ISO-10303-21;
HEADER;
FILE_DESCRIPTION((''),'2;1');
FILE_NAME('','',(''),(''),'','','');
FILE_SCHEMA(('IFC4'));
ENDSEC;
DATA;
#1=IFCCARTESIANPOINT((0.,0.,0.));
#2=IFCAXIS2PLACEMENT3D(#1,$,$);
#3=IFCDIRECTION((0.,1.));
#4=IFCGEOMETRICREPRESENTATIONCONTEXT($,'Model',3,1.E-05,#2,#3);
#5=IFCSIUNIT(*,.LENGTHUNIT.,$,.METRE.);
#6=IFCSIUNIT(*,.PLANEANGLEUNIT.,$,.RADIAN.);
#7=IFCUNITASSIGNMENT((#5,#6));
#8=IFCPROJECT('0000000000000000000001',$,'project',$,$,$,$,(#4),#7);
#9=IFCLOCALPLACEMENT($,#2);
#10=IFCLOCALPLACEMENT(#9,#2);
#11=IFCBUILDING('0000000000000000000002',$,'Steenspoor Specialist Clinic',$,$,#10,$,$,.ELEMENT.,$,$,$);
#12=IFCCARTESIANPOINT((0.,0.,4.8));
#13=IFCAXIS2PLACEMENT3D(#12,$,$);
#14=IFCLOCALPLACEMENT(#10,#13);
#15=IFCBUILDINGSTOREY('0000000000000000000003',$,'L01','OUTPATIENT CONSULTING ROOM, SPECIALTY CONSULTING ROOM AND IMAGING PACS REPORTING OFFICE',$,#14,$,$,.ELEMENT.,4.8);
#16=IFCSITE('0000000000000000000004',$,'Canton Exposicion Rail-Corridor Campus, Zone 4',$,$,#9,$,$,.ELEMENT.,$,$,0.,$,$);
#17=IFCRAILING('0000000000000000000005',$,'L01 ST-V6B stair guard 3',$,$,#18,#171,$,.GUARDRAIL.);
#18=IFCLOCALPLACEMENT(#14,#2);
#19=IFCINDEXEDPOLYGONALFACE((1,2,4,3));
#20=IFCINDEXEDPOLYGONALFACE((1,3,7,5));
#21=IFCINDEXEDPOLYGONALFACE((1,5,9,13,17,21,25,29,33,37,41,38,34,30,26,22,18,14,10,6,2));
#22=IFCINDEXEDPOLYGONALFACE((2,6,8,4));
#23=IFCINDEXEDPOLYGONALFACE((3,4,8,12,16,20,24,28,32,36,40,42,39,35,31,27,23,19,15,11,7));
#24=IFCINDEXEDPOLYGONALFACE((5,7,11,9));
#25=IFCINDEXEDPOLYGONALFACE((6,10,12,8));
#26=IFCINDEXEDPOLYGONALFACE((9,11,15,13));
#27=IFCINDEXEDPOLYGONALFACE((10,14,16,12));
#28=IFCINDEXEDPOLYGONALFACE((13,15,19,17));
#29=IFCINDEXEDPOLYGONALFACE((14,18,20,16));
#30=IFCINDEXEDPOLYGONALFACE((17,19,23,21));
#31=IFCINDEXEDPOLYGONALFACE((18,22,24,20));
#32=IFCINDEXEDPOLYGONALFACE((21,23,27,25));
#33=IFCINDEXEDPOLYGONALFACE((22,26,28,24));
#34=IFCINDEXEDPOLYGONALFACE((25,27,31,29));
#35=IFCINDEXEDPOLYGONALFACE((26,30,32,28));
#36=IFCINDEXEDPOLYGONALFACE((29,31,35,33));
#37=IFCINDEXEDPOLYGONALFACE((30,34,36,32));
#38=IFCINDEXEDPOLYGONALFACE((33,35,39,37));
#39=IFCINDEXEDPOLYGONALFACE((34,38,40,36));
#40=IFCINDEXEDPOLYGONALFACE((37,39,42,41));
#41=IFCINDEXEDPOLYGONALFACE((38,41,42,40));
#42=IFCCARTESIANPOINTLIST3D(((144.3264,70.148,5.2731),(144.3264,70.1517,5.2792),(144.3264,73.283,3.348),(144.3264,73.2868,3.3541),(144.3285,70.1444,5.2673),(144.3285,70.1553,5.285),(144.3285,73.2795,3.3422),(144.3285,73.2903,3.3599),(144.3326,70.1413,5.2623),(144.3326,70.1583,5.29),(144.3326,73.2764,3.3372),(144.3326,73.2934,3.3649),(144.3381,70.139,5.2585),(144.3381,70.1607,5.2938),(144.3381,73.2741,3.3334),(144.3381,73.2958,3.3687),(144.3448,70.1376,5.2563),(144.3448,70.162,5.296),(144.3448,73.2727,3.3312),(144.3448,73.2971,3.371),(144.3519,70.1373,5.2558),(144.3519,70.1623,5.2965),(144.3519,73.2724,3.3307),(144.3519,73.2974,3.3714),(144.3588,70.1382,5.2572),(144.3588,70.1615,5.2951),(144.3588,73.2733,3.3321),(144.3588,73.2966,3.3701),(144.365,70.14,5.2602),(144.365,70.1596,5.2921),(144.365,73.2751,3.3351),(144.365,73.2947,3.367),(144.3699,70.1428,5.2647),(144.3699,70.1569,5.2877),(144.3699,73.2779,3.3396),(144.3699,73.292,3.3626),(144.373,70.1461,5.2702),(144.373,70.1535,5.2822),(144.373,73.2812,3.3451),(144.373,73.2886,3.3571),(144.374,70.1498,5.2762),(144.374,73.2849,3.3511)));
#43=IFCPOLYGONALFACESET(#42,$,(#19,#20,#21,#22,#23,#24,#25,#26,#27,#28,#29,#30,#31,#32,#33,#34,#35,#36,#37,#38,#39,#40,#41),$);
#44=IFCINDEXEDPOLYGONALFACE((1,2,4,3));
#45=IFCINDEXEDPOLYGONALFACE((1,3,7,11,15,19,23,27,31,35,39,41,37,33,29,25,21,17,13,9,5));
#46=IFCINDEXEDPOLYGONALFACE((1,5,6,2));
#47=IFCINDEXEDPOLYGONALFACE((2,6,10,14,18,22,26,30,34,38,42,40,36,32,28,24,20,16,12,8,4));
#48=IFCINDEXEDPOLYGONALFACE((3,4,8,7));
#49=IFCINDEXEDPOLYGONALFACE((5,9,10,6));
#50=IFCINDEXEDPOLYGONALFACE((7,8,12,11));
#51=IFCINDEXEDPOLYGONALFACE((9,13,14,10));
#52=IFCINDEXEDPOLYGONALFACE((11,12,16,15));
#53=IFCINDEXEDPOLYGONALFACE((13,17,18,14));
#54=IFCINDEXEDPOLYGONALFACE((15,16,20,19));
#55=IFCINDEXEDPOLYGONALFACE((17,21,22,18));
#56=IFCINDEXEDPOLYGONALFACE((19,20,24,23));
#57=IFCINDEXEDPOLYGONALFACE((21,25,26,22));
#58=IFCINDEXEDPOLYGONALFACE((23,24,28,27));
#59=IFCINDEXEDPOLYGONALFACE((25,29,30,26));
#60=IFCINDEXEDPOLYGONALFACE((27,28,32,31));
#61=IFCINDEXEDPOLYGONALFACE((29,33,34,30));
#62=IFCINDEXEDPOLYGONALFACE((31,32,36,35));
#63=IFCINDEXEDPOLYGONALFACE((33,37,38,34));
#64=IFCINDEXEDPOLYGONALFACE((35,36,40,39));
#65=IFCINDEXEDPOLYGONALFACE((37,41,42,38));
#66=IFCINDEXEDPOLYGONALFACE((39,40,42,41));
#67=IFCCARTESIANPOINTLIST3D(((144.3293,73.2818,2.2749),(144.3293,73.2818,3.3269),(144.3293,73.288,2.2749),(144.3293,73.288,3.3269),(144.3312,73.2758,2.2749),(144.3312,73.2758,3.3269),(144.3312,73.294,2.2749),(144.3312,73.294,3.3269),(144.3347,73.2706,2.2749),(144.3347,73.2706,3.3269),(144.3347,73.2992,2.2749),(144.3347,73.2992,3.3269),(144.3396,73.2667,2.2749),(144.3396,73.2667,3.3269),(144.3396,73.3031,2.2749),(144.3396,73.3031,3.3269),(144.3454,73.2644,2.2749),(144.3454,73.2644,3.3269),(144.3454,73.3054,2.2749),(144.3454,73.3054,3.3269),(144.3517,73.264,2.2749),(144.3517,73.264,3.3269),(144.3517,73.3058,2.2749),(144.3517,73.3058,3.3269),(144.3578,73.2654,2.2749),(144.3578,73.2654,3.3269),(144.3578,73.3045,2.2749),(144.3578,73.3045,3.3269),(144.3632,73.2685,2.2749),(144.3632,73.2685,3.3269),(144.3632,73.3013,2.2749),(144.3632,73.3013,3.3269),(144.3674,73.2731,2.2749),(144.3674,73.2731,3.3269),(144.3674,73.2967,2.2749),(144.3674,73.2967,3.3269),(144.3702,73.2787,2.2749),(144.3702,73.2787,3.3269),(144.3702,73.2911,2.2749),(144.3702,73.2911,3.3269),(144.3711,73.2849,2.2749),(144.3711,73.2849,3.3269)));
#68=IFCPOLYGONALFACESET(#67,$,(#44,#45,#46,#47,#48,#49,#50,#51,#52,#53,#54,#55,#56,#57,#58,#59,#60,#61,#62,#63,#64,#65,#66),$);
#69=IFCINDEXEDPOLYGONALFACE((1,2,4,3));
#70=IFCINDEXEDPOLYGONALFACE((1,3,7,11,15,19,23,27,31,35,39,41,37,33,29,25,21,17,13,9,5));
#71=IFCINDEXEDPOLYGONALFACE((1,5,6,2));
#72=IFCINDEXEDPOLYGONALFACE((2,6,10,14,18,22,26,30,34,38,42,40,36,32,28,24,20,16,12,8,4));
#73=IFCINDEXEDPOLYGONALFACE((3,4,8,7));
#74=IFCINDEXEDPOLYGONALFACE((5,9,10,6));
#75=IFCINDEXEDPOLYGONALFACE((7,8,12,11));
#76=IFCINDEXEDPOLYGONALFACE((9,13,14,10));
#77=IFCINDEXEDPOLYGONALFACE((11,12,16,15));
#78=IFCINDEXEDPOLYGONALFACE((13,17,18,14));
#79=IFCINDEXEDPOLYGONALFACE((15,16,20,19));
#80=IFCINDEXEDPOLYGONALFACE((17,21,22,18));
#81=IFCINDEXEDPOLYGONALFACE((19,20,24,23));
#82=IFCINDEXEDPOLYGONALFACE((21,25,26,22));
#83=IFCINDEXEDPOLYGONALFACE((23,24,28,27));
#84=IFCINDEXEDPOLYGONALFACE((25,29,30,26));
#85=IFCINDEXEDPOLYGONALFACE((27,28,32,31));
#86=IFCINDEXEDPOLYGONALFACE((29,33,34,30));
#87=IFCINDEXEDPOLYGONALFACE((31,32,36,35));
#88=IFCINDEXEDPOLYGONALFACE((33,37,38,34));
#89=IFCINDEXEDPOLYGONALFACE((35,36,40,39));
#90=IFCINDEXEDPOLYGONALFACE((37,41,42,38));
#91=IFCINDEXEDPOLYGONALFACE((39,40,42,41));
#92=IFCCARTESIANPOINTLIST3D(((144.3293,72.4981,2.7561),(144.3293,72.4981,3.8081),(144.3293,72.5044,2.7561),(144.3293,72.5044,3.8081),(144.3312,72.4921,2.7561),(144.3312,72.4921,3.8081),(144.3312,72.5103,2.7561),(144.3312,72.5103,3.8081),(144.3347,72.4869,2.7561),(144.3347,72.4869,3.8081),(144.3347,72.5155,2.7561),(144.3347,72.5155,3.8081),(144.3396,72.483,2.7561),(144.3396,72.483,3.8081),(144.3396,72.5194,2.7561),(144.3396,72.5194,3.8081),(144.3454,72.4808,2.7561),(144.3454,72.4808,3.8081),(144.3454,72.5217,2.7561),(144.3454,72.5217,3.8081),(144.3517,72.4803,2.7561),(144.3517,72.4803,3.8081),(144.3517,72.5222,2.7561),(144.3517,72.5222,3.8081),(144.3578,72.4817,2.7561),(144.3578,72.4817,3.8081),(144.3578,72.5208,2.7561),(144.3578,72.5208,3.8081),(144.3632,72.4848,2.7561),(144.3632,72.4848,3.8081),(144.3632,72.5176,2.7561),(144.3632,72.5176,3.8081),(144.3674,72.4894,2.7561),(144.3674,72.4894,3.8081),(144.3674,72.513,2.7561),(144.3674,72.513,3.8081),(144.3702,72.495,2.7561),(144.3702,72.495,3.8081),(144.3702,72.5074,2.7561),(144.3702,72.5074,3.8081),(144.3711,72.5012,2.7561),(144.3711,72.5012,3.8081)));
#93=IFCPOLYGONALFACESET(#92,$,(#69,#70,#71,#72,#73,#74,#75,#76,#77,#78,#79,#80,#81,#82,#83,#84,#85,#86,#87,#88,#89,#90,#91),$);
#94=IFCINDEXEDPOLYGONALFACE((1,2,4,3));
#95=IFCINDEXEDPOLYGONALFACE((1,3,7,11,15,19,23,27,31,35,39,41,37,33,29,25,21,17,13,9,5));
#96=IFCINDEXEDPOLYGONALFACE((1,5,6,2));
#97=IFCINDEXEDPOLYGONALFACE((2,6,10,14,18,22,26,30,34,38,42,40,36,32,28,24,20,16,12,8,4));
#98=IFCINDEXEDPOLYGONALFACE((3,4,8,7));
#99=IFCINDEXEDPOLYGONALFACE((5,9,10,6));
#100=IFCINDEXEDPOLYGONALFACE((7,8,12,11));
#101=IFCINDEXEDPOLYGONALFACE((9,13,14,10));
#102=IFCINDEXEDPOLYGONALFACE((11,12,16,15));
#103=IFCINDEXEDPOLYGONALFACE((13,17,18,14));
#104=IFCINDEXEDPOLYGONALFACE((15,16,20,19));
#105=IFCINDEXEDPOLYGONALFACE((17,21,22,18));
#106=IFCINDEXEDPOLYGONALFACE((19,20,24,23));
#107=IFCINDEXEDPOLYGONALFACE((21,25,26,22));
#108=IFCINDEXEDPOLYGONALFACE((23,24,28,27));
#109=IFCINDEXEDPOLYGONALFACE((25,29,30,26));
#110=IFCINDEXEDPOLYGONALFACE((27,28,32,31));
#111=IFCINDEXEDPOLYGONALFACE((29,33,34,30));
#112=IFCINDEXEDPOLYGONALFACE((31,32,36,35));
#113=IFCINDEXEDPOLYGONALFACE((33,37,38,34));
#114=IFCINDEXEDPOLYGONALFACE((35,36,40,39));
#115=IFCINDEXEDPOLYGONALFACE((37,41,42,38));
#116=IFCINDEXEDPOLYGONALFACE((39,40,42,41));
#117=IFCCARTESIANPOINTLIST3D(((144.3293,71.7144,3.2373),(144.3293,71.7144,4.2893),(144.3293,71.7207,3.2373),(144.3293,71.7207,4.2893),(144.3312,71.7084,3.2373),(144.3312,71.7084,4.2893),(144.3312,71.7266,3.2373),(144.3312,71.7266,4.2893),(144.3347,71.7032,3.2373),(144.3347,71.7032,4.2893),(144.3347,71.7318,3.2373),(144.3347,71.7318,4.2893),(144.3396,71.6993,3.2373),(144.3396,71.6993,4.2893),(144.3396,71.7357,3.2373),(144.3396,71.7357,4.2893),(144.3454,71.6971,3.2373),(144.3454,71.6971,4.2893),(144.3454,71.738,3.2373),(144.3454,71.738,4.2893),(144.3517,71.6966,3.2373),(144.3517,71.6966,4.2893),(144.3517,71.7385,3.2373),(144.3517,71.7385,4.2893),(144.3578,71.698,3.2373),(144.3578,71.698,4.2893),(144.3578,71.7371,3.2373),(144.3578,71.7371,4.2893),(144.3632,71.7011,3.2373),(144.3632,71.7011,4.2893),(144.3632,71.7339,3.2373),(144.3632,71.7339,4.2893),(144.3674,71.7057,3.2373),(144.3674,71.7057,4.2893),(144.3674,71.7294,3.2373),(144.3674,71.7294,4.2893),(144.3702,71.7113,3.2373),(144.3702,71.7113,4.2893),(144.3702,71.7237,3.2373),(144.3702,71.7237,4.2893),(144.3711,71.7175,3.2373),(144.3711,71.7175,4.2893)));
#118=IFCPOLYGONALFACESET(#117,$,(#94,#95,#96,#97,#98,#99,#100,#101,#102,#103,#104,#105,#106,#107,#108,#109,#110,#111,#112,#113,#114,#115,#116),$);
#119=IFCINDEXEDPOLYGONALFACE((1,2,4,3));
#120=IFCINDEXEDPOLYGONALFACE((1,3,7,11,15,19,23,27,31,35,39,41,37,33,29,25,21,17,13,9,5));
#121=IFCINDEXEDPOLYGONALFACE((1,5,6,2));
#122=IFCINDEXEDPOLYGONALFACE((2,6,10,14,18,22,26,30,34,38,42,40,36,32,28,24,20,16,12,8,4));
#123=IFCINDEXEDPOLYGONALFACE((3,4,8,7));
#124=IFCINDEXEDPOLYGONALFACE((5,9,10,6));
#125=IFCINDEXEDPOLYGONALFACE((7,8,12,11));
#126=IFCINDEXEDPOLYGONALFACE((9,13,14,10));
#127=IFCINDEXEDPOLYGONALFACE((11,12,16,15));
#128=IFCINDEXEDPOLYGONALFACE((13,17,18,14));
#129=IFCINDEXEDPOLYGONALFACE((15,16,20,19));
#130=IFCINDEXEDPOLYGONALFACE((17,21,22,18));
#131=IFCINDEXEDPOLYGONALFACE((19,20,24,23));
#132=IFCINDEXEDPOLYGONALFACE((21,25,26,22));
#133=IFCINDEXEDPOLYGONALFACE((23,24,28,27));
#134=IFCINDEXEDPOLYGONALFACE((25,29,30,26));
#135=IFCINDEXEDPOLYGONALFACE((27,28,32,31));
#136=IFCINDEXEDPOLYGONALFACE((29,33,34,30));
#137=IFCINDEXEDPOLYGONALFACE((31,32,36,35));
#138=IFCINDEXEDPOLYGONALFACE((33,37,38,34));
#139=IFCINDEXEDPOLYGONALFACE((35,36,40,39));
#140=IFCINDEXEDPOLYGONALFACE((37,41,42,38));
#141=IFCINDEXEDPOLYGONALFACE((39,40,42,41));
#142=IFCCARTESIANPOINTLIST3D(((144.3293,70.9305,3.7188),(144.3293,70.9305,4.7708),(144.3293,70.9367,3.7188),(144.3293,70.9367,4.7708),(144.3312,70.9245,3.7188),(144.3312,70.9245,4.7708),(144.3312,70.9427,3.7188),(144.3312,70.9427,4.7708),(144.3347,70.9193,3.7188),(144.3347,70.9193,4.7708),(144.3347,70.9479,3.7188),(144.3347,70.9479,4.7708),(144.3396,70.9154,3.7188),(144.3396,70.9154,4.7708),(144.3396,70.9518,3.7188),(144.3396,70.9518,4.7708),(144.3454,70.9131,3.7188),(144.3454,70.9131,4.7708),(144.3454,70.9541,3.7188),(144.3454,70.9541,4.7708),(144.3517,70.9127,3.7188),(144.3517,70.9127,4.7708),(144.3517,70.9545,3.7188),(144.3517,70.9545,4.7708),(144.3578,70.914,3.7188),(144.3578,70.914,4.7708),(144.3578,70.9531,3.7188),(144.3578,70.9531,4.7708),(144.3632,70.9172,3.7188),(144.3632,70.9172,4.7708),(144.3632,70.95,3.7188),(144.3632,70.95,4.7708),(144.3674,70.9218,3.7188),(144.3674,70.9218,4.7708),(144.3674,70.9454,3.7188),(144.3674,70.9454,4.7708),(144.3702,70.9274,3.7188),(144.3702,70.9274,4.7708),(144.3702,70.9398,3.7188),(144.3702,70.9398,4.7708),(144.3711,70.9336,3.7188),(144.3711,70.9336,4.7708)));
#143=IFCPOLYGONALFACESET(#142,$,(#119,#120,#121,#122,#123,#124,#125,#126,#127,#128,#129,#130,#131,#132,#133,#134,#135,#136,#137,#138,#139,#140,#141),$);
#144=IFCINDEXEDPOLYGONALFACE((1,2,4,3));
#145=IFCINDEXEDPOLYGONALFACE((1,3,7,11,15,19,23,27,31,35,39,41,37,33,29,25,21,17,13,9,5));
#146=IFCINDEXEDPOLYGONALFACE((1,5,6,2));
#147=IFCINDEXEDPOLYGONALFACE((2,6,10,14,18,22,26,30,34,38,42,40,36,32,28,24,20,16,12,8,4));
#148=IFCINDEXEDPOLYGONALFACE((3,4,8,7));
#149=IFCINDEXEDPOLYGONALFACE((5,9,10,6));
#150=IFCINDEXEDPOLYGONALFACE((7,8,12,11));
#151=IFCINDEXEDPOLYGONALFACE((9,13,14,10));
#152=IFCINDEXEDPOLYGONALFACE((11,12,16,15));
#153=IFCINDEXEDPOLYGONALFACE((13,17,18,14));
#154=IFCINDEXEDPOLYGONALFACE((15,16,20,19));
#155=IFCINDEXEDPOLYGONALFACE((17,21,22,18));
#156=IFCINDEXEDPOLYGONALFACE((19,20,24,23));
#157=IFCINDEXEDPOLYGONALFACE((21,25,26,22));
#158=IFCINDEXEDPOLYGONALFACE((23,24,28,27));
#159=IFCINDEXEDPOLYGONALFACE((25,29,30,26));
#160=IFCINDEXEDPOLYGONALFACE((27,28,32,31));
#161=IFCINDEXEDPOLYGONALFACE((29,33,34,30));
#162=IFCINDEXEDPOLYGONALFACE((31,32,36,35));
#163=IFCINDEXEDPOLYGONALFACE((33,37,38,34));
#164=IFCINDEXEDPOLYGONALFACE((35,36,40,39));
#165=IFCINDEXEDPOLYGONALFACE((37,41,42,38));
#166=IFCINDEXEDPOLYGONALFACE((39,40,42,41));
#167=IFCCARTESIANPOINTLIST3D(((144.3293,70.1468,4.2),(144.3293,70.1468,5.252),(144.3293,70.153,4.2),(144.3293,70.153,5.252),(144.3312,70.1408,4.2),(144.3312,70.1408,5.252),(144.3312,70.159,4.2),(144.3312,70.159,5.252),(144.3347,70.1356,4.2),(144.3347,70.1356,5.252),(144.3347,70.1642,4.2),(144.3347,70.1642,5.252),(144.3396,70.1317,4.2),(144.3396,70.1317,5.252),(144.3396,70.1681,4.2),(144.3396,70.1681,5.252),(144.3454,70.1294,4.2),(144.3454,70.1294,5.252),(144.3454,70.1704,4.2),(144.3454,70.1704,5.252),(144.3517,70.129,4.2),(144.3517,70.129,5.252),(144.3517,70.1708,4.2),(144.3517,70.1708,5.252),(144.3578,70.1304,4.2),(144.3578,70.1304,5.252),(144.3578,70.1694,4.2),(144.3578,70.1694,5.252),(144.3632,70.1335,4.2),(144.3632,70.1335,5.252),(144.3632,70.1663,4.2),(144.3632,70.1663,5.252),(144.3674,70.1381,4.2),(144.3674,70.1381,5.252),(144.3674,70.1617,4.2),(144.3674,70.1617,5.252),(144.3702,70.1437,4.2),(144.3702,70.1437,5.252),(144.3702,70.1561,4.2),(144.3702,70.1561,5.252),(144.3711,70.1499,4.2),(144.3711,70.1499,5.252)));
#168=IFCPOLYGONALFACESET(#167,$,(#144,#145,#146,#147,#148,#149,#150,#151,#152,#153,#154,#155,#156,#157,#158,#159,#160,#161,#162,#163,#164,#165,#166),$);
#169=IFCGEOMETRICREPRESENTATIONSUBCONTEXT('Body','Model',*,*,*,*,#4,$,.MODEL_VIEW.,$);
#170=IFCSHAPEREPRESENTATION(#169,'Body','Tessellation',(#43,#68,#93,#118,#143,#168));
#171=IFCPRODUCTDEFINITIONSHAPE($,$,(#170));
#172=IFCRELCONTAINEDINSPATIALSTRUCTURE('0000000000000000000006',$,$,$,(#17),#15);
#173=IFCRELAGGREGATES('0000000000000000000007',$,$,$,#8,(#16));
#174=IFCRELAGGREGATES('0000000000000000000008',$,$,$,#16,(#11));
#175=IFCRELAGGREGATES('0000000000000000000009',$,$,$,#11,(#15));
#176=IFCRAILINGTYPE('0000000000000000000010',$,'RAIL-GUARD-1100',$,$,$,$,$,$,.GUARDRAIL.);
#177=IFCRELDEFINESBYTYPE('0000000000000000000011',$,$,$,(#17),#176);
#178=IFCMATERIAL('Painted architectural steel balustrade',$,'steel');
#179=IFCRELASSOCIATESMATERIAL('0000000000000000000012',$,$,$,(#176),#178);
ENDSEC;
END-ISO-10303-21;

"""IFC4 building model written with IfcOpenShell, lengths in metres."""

from ifc_helpers import new_model, si_unit, direction, frame, origin, origin_2d, place, context, subcontext, project, spatial, circle, extrude, material, type_object, element, save


model = new_model("IFC4")

# Units and contexts
model_context = context("Model", 3, precision=1e-05, world=origin(), true_north=direction((0.0, 1.0)))
body_context = subcontext(model_context, "Body", "Model", "MODEL_VIEW")
ifc_project = project(units=[si_unit("LENGTHUNIT", "METRE"), si_unit("PLANEANGLEUNIT", "RADIAN")], contexts=[model_context])

# Site, building, storey
site_placement = place(None, origin())
site = spatial("IfcSite", under=ifc_project, at=site_placement, Name="Canton Exposicion Rail-Corridor Campus, Zone 4", CompositionType="ELEMENT", RefElevation=0.0)
building_placement = place(site_placement, origin())
building = spatial("IfcBuilding", under=site, at=building_placement, Name="Steenspoor Specialist Clinic", CompositionType="ELEMENT")
storey_placement = place(building_placement, frame((0.0, 0.0, 4.8)))
storey = spatial("IfcBuildingStorey", under=building, at=storey_placement, Name="L01", Description="OUTPATIENT CONSULTING ROOM, SPECIALTY CONSULTING ROOM AND IMAGING PACS REPORTING OFFICE", CompositionType="ELEMENT", Elevation=4.8)

# Railing
ifc_material_1 = material(Name="Painted architectural steel balustrade", Category="steel")
railing_type_1 = type_object("IfcRailingType", Name="RAIL-GUARD-1100", PredefinedType="GUARDRAIL", material=ifc_material_1)
railing_1_placement = place(storey_placement, frame((144.3501, 73.2849, 2.2749)))
element("IfcRailing", 1, at=railing_1_placement, inside=storey, type_object=railing_type_1, Name="L01 ST-V6B stair guard 3", PredefinedType="GUARDRAIL", context=body_context, shape_type="SweptSolid", body=[
    extrude(circle(Radius=0.0239, at=origin_2d()), frame((0.0, 0.0, 1.0762), z_axis=(0.0, -0.852166, 0.523271), x_axis=(1.0, 0.0, 0.0)), (0.0, 0.0, 1.0), 3.679),
    extrude(circle(Radius=0.021, at=origin_2d()), origin(), (0.0, 0.0, 1.0), 1.052),
    extrude(circle(Radius=0.021, at=origin_2d()), frame((0.0, -0.7837, 0.4812)), (0.0, 0.0, 1.0), 1.052),
    extrude(circle(Radius=0.021, at=origin_2d()), frame((0.0, -1.5674, 0.9624)), (0.0, 0.0, 1.0), 1.052),
    extrude(circle(Radius=0.021, at=origin_2d()), frame((0.0, -2.3513, 1.4438)), (0.0, 0.0, 1.0), 1.052),
    extrude(circle(Radius=0.021, at=origin_2d()), frame((0.0, -3.135, 1.925)), (0.0, 0.0, 1.0), 1.052),
])

save(model, "model.ifc")
